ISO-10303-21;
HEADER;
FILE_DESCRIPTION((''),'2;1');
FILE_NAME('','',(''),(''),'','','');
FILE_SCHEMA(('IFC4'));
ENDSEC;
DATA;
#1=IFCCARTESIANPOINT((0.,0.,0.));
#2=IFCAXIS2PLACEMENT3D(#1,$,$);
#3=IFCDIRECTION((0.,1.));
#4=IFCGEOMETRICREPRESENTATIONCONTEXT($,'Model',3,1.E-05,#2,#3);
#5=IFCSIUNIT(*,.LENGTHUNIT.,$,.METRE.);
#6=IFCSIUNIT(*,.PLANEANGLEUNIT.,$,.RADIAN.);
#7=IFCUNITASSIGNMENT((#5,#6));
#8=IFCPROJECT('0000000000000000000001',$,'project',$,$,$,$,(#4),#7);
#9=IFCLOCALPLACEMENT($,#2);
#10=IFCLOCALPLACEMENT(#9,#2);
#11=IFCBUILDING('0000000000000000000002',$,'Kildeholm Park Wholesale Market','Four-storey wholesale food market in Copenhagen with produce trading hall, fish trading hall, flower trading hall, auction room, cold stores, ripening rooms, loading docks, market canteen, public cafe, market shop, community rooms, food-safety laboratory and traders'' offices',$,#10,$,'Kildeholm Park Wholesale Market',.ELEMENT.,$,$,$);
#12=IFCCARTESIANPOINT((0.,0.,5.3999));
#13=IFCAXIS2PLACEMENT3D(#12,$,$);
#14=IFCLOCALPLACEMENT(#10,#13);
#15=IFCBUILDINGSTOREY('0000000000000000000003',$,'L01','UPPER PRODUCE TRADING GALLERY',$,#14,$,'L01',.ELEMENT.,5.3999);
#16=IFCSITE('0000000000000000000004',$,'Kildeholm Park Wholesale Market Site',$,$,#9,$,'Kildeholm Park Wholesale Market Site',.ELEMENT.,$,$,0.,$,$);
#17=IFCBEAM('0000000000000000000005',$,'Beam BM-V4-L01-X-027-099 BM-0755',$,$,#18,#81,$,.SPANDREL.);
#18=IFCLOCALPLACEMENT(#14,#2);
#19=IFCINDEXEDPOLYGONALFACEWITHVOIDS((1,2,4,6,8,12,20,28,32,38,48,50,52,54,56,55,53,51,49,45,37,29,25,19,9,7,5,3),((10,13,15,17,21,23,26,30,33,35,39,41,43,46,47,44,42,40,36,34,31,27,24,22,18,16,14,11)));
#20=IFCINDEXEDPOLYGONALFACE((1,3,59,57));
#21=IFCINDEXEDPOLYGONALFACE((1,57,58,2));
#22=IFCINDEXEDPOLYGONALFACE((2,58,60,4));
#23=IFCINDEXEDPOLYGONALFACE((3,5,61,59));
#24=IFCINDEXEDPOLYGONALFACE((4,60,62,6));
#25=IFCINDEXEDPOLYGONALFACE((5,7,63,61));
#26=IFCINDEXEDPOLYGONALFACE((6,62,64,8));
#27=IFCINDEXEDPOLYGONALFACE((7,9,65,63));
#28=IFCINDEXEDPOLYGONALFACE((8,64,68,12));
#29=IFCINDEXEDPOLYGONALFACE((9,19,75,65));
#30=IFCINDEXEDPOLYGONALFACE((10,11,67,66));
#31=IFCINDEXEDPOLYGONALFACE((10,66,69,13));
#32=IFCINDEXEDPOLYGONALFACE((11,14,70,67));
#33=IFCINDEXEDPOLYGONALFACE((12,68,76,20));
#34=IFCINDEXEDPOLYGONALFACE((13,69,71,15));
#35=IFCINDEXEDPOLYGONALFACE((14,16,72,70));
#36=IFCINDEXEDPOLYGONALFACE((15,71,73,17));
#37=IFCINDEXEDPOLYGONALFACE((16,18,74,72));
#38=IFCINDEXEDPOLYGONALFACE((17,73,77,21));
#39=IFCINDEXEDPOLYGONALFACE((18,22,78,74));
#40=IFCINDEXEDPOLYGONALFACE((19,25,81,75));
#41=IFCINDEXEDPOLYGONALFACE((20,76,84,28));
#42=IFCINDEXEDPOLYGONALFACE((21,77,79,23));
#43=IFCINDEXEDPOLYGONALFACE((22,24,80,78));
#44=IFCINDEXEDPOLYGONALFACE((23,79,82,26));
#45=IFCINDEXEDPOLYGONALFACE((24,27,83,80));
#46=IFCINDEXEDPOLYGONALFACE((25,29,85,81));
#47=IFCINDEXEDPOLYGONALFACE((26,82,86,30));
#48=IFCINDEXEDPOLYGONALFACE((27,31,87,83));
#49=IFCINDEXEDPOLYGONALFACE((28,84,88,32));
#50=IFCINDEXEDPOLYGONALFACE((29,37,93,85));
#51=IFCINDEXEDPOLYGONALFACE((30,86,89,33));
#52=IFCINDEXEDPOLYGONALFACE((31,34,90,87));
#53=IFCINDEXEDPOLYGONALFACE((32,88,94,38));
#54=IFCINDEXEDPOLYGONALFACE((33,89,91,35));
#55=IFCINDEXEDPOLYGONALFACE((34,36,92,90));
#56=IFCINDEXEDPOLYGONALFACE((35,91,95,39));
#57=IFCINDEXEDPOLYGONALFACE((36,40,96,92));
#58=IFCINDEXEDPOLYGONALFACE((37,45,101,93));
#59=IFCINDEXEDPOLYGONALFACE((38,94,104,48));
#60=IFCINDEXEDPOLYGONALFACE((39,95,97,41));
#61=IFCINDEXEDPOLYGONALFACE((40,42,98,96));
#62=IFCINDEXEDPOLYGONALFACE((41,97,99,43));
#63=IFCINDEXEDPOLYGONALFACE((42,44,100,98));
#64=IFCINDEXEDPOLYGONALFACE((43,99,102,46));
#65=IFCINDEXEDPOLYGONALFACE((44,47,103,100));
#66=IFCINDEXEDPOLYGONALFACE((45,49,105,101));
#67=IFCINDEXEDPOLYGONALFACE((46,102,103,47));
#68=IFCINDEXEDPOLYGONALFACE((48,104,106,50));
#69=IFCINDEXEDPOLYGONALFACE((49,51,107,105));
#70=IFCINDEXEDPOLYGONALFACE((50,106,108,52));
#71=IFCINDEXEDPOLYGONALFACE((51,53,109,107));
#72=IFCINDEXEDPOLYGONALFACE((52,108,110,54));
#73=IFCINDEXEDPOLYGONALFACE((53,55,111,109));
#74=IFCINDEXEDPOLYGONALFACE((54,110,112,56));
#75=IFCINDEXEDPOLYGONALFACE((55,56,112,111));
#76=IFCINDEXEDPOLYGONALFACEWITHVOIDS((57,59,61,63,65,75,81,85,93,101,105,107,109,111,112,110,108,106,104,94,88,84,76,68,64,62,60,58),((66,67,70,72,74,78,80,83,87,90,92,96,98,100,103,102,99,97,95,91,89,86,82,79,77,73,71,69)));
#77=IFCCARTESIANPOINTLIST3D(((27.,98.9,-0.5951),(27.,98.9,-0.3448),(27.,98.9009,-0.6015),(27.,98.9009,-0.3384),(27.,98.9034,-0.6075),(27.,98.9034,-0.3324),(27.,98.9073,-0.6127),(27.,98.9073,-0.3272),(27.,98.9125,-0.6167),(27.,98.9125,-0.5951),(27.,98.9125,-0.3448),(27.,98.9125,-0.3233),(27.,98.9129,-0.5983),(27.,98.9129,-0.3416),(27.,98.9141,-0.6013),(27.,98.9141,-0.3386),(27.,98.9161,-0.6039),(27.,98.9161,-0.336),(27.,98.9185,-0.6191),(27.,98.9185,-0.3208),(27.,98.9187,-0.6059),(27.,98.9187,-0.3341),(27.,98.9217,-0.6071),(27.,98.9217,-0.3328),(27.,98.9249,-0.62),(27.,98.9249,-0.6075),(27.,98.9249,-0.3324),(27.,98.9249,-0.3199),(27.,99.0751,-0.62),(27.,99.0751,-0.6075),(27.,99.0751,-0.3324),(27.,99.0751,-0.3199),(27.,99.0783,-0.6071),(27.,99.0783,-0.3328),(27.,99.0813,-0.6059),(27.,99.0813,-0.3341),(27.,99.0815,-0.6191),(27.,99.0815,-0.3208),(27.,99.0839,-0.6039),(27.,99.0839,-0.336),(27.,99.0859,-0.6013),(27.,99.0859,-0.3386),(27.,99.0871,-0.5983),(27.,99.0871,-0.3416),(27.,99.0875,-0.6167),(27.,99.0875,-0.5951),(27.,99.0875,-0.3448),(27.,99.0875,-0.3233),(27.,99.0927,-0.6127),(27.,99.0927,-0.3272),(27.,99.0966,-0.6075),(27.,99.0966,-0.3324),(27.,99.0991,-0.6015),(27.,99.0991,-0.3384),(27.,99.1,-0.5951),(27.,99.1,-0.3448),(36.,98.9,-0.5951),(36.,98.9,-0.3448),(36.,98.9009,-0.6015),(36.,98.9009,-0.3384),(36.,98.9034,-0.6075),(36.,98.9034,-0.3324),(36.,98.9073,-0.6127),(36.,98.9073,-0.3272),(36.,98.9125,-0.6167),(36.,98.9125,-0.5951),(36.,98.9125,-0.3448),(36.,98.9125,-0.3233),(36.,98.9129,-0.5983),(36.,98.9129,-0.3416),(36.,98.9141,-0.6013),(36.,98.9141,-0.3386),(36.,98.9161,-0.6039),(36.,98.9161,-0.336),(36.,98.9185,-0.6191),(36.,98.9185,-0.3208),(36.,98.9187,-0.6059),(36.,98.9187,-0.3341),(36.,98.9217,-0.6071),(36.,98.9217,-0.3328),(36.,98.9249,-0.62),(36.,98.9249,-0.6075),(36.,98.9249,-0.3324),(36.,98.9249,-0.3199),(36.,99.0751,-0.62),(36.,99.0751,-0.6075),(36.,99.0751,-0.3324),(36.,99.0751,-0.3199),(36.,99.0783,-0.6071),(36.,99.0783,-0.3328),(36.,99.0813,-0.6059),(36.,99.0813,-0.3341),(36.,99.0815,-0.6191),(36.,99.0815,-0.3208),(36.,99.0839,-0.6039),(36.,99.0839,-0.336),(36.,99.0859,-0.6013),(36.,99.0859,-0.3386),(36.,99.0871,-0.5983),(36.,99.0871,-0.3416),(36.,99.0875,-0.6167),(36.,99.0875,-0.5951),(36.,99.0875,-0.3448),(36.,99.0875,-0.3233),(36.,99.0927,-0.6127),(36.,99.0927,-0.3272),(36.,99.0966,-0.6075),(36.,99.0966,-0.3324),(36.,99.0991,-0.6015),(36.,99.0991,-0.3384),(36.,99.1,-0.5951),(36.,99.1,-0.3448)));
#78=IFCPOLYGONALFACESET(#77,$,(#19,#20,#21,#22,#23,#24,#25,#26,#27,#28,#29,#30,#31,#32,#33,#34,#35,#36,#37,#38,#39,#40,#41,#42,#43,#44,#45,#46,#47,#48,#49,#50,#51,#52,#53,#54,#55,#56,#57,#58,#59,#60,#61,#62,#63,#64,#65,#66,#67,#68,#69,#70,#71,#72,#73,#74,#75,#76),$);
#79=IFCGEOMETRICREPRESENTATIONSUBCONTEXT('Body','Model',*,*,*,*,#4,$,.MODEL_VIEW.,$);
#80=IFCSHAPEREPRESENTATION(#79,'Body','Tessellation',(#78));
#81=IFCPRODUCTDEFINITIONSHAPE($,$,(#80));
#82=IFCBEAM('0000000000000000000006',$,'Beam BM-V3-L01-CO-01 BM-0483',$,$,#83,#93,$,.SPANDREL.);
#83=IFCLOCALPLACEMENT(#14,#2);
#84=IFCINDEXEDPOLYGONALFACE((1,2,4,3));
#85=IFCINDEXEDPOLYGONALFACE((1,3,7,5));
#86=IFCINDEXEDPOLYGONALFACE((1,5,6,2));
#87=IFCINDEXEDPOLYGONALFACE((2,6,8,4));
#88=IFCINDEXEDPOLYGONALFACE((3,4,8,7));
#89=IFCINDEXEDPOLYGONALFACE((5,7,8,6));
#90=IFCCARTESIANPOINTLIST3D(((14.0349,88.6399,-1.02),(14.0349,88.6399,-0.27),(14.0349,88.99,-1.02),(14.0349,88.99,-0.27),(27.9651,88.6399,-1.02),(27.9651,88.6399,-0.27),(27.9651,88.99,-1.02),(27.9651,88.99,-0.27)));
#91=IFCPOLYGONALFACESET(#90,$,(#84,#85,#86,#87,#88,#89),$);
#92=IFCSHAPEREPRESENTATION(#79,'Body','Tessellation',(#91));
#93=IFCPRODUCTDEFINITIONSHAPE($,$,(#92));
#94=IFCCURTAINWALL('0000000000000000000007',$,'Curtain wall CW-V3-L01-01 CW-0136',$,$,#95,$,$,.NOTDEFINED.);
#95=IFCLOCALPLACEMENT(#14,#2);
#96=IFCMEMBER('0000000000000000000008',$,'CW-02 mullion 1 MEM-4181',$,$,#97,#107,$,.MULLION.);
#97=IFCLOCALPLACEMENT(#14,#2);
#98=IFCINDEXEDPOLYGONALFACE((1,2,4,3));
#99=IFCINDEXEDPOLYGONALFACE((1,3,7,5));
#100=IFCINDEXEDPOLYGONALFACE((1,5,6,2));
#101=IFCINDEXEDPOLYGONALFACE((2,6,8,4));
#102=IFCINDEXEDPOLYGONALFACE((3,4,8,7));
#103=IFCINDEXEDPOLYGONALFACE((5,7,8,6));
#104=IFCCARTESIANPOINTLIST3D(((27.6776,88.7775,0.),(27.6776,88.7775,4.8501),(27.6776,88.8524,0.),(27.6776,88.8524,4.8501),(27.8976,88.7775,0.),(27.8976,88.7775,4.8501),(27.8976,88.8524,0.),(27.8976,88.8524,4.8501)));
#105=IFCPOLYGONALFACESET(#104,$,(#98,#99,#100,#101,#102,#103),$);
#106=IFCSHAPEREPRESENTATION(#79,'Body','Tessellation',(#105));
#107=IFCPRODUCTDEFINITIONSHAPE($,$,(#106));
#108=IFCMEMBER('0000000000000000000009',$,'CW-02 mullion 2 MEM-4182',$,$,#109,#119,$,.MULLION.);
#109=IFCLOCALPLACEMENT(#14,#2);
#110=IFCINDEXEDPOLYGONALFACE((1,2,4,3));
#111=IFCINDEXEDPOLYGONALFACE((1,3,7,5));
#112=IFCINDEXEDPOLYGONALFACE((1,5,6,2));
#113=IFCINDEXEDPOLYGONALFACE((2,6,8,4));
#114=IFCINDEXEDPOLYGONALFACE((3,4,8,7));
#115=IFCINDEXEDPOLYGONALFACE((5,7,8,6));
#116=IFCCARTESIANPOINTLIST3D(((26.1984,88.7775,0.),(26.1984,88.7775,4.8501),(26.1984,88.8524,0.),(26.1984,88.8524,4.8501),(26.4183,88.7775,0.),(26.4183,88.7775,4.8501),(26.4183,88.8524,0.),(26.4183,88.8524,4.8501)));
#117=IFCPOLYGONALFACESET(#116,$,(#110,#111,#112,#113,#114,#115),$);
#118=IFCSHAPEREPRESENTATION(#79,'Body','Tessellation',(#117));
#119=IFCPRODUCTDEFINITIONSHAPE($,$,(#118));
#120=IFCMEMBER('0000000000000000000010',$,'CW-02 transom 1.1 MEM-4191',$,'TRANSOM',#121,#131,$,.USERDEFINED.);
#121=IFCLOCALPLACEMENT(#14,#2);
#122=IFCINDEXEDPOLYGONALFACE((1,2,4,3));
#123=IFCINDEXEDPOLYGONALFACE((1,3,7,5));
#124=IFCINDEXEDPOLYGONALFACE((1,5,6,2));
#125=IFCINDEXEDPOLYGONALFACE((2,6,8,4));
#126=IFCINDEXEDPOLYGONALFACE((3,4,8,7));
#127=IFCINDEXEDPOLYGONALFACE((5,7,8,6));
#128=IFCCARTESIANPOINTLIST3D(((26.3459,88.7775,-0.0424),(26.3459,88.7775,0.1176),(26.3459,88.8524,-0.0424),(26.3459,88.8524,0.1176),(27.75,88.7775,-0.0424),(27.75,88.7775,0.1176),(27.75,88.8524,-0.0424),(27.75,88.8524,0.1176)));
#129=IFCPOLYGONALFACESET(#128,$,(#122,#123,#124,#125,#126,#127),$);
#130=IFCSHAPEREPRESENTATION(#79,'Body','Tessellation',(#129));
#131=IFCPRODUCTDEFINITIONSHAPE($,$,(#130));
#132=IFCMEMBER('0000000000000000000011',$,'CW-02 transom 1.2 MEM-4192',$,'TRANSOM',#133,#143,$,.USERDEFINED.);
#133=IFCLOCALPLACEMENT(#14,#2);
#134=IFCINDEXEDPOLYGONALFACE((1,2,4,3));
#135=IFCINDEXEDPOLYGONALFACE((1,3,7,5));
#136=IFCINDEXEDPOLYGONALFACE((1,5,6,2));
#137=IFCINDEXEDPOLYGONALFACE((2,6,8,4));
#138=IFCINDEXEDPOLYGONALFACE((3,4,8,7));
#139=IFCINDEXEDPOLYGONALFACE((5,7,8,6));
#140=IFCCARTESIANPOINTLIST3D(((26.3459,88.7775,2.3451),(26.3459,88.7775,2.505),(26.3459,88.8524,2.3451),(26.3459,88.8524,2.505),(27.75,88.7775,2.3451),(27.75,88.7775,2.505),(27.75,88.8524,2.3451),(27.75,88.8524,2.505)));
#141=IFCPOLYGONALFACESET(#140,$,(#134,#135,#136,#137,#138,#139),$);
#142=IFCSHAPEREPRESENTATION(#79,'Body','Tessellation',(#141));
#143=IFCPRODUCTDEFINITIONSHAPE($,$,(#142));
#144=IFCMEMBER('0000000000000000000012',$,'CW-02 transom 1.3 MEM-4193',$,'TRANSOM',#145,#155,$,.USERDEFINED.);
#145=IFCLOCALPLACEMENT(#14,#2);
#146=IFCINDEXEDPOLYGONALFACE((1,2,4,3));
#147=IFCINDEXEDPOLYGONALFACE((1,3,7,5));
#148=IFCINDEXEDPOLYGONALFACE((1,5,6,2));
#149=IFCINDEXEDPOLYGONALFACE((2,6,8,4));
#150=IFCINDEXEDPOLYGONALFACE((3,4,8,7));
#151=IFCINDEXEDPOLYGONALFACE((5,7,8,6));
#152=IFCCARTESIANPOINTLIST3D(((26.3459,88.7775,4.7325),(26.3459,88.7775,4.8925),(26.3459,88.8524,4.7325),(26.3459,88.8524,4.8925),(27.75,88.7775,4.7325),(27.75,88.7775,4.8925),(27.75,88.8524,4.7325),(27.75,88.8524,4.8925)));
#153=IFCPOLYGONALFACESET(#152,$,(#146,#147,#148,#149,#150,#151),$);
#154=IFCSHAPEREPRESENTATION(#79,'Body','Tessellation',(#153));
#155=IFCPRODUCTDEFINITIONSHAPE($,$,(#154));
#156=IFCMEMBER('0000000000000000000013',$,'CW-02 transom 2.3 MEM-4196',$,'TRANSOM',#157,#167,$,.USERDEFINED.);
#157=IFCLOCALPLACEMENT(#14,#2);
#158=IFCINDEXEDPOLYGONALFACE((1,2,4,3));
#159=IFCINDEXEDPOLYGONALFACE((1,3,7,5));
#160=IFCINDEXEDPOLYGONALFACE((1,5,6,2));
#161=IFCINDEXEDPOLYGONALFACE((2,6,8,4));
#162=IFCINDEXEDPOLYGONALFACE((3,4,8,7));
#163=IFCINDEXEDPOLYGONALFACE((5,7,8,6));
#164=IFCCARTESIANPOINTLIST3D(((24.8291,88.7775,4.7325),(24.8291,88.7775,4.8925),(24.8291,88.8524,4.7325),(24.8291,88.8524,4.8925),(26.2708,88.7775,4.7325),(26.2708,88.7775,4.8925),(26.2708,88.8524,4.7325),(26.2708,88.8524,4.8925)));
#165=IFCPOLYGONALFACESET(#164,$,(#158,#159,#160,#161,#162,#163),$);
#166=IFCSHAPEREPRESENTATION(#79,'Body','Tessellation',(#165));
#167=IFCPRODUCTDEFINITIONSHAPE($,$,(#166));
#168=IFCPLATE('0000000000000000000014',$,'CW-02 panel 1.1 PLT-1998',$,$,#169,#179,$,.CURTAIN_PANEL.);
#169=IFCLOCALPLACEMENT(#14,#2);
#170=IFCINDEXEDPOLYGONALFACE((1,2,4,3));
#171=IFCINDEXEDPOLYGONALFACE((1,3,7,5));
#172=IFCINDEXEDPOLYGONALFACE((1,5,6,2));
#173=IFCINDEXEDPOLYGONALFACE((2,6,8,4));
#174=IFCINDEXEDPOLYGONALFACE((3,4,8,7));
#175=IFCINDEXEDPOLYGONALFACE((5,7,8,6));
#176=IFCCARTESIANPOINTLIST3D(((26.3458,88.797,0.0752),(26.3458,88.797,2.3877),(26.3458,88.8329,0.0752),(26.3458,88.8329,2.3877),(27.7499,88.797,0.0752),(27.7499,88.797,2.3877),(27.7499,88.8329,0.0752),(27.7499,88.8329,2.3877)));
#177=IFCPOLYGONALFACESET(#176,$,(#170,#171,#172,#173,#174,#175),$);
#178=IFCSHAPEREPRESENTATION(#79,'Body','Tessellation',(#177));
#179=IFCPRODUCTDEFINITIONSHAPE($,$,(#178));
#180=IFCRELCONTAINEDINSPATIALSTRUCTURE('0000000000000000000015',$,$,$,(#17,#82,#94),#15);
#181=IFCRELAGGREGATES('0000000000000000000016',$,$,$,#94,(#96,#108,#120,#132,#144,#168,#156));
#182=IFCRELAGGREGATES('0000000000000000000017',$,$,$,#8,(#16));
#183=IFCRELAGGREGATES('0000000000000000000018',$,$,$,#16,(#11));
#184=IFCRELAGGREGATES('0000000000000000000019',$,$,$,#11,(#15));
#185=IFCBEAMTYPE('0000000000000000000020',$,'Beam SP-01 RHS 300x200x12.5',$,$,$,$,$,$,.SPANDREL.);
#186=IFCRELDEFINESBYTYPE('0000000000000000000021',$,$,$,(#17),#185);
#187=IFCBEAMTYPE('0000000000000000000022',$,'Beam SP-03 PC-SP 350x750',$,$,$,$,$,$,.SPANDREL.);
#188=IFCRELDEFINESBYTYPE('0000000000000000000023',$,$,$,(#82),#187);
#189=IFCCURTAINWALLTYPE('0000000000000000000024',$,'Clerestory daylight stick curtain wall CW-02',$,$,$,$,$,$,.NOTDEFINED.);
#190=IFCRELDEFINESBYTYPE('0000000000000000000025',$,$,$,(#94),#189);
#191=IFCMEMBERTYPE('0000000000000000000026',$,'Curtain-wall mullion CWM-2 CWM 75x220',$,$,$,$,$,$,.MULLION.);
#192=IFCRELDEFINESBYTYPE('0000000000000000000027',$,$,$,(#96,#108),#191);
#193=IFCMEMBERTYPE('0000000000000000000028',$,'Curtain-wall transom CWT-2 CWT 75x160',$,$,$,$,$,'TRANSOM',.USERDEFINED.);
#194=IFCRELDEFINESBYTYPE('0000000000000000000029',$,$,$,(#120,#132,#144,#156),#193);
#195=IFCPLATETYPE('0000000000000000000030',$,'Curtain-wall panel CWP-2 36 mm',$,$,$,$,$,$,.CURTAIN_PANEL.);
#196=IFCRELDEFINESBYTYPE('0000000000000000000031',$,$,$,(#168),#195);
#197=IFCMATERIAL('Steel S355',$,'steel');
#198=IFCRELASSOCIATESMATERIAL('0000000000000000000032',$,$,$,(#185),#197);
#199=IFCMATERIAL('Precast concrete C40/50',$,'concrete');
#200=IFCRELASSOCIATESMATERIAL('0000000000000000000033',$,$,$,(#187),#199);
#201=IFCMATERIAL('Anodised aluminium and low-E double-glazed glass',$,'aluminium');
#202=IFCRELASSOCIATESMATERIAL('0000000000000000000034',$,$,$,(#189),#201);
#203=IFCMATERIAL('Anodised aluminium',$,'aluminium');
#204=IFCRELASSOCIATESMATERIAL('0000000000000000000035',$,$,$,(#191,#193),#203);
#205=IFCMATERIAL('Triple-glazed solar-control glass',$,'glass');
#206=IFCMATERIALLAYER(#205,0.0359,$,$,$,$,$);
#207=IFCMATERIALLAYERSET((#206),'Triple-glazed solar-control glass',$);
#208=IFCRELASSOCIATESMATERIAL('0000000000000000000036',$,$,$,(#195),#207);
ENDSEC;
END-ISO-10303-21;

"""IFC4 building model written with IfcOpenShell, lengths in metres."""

from ifc_helpers import new_model, si_unit, direction, frame, origin, origin_2d, place, context, subcontext, project, spatial, rectangle, hollow_rectangle, extrude, material, layer, layer_set, material_profile, profile_set, type_object, element, aggregate, save


model = new_model("IFC4")

# Units and contexts
model_context = context("Model", 3, precision=1e-05, world=origin(), true_north=direction((0.0, 1.0)))
body_context = subcontext(model_context, "Body", "Model", "MODEL_VIEW")
ifc_project = project(units=[si_unit("LENGTHUNIT", "METRE"), si_unit("PLANEANGLEUNIT", "RADIAN")], contexts=[model_context])

# Site, building, storey
site_placement = place(None, origin())
site = spatial("IfcSite", under=ifc_project, at=site_placement, Name="Kildeholm Park Wholesale Market Site", LongName="Kildeholm Park Wholesale Market Site", CompositionType="ELEMENT", RefElevation=0.0)
building_placement = place(site_placement, origin())
building = spatial("IfcBuilding", under=site, at=building_placement, Name="Kildeholm Park Wholesale Market", Description="Four-storey wholesale food market in Copenhagen with produce trading hall, fish trading hall, flower trading hall, auction room, cold stores, ripening rooms, loading docks, market canteen, public cafe, market shop, community rooms, food-safety laboratory and traders' offices", LongName="Kildeholm Park Wholesale Market", CompositionType="ELEMENT")
storey_placement = place(building_placement, frame((0.0, 0.0, 5.3999)))
storey = spatial("IfcBuildingStorey", under=building, at=storey_placement, Name="L01", Description="UPPER PRODUCE TRADING GALLERY", LongName="L01", CompositionType="ELEMENT", Elevation=5.3999)

# Shared definitions
ifc_material_1 = material(Name="Steel S355", Category="steel")

# Beams
ifc_material_profile_1 = material_profile(ifc_material_1, hollow_rectangle(XDim=0.2, YDim=0.3, WallThickness=0.0125, InnerFilletRadius=0.0125, OuterFilletRadius=0.0249, at=origin_2d()), Name="RHS 300x200x12.5")
ifc_profile_set_1 = profile_set([ifc_material_profile_1], Name="Steel S355")
beam_type_1 = type_object("IfcBeamType", Name="Beam SP-01 RHS 300x200x12.5", PredefinedType="SPANDREL", material=ifc_profile_set_1)
for number, where, z_axis, x_axis, name in (
    (1, (27.0, 99.0, -0.47), (1.0, 0.0, 0.0), (0.0, 1.0, 0.0), "Beam BM-V4-L01-X-027-099 BM-0755"),
):
    element("IfcBeam", number, at=place(storey_placement, frame(where, z_axis=z_axis, x_axis=x_axis)), inside=storey, type_object=beam_type_1, Name=name, PredefinedType="SPANDREL", context=body_context, shape_type="SweptSolid", body=[
        extrude(hollow_rectangle(XDim=0.2, YDim=0.3, WallThickness=0.0125, InnerFilletRadius=0.0125, OuterFilletRadius=0.0249, at=origin_2d()), origin(), (0.0, 0.0, 1.0), 9.0),
    ])
ifc_material_2 = material(Name="Precast concrete C40/50", Category="concrete")
ifc_material_profile_2 = material_profile(ifc_material_2, rectangle(XDim=0.3501, YDim=0.75, at=origin_2d()), Name="PC-SP 350x750")
ifc_profile_set_2 = profile_set([ifc_material_profile_2], Name="Precast concrete C40/50")
beam_type_2 = type_object("IfcBeamType", Name="Beam SP-03 PC-SP 350x750", PredefinedType="SPANDREL", material=ifc_profile_set_2)
beam_1_placement = place(storey_placement, frame((27.9651, 88.8149, -0.645), z_axis=(-1.0, 0.0, 0.0), x_axis=(0.0, -1.0, 0.0)))
element("IfcBeam", 2, at=beam_1_placement, inside=storey, type_object=beam_type_2, Name="Beam BM-V3-L01-CO-01 BM-0483", PredefinedType="SPANDREL", context=body_context, shape_type="SweptSolid", body=[
    extrude(rectangle(XDim=0.3501, YDim=0.75, at=origin_2d()), origin(), (0.0, 0.0, 1.0), 13.9302),
])

# Curtain wall, members, plate
ifc_material_3 = material(Name="Anodised aluminium and low-E double-glazed glass", Category="aluminium")
curtain_wall_type = type_object("IfcCurtainWallType", Name="Clerestory daylight stick curtain wall CW-02", PredefinedType="NOTDEFINED", material=ifc_material_3)
curtain_wall_placement = place(storey_placement, origin())
curtain_wall = element("IfcCurtainWall", 3, at=curtain_wall_placement, inside=storey, type_object=curtain_wall_type, Name="Curtain wall CW-V3-L01-01 CW-0136", PredefinedType="NOTDEFINED")
ifc_material_4 = material(Name="Anodised aluminium", Category="aluminium")
ifc_material_profile_3 = material_profile(ifc_material_4, rectangle(XDim=0.075, YDim=0.22, at=origin_2d()), Name="CWM 75x220")
ifc_profile_set_3 = profile_set([ifc_material_profile_3], Name="Anodised aluminium")
member_type_1 = type_object("IfcMemberType", Name="Curtain-wall mullion CWM-2 CWM 75x220", PredefinedType="MULLION", material=ifc_profile_set_3)
member_1_placement = place(storey_placement, frame((27.7876, 88.8149, 0.0), z_axis=(0.0, 0.0, 1.0), x_axis=(0.0, -1.0, 0.0)))
member_1 = element("IfcMember", 4, at=member_1_placement, type_object=member_type_1, Name="CW-02 mullion 1 MEM-4181", PredefinedType="MULLION", context=body_context, shape_type="SweptSolid", body=[
    extrude(rectangle(XDim=0.075, YDim=0.22, at=origin_2d()), origin(), (0.0, 0.0, 1.0), 4.8501),
])
member_2_placement = place(storey_placement, frame((26.3083, 88.8149, 0.0), z_axis=(0.0, 0.0, 1.0), x_axis=(0.0, -1.0, 0.0)))
member_2 = element("IfcMember", 5, at=member_2_placement, type_object=member_type_1, Name="CW-02 mullion 2 MEM-4182", PredefinedType="MULLION", context=body_context, shape_type="SweptSolid", body=[
    extrude(rectangle(XDim=0.075, YDim=0.22, at=origin_2d()), origin(), (0.0, 0.0, 1.0), 4.8501),
])
ifc_material_profile_4 = material_profile(ifc_material_4, rectangle(XDim=0.075, YDim=0.1599, at=origin_2d()), Name="CWT 75x160")
ifc_profile_set_4 = profile_set([ifc_material_profile_4], Name="Anodised aluminium")
member_type_2 = type_object("IfcMemberType", Name="Curtain-wall transom CWT-2 CWT 75x160", ElementType="TRANSOM", PredefinedType="USERDEFINED", material=ifc_profile_set_4)
member_3_placement = place(storey_placement, frame((27.75, 88.8149, 0.0376), z_axis=(-1.0, 0.0, 0.0), x_axis=(0.0, -1.0, 0.0)))
member_3 = element("IfcMember", 6, at=member_3_placement, type_object=member_type_2, Name="CW-02 transom 1.1 MEM-4191", ObjectType="TRANSOM", PredefinedType="USERDEFINED", context=body_context, shape_type="SweptSolid", body=[
    extrude(rectangle(XDim=0.075, YDim=0.1599, at=origin_2d()), origin(), (0.0, 0.0, 1.0), 1.4041),
])
member_4_placement = place(storey_placement, frame((27.75, 88.8149, 2.425), z_axis=(-1.0, 0.0, 0.0), x_axis=(0.0, -1.0, 0.0)))
member_4 = element("IfcMember", 7, at=member_4_placement, type_object=member_type_2, Name="CW-02 transom 1.2 MEM-4192", ObjectType="TRANSOM", PredefinedType="USERDEFINED", context=body_context, shape_type="SweptSolid", body=[
    extrude(rectangle(XDim=0.075, YDim=0.1599, at=origin_2d()), origin(), (0.0, 0.0, 1.0), 1.4041),
])
member_5_placement = place(storey_placement, frame((27.75, 88.8149, 4.8125), z_axis=(-1.0, 0.0, 0.0), x_axis=(0.0, -1.0, 0.0)))
member_5 = element("IfcMember", 8, at=member_5_placement, type_object=member_type_2, Name="CW-02 transom 1.3 MEM-4193", ObjectType="TRANSOM", PredefinedType="USERDEFINED", context=body_context, shape_type="SweptSolid", body=[
    extrude(rectangle(XDim=0.075, YDim=0.1599, at=origin_2d()), origin(), (0.0, 0.0, 1.0), 1.4041),
])
member_6_placement = place(storey_placement, frame((26.2708, 88.8149, 4.8125), z_axis=(-1.0, 0.0, 0.0), x_axis=(0.0, -1.0, 0.0)))
member_6 = element("IfcMember", 9, at=member_6_placement, type_object=member_type_2, Name="CW-02 transom 2.3 MEM-4196", ObjectType="TRANSOM", PredefinedType="USERDEFINED", context=body_context, shape_type="SweptSolid", body=[
    extrude(rectangle(XDim=0.075, YDim=0.1599, at=origin_2d()), origin(), (0.0, 0.0, 1.0), 1.4417),
])
ifc_material_5 = material(Name="Triple-glazed solar-control glass", Category="glass")
ifc_layer_1 = layer(ifc_material_5, 0.0359)
ifc_layer_set_1 = layer_set([ifc_layer_1], Name="Triple-glazed solar-control glass")
plate_type = type_object("IfcPlateType", Name="Curtain-wall panel CWP-2 36 mm", PredefinedType="CURTAIN_PANEL", material=ifc_layer_set_1)
plate_1_placement = place(storey_placement, frame((27.0479, 88.8149, 0.0752), z_axis=(0.0, 0.0, 1.0), x_axis=(-1.0, 0.0, 0.0)))
plate_1 = element("IfcPlate", 10, at=plate_1_placement, type_object=plate_type, Name="CW-02 panel 1.1 PLT-1998", PredefinedType="CURTAIN_PANEL", context=body_context, shape_type="SweptSolid", body=[
    extrude(rectangle(XDim=1.4041, YDim=0.0359, at=origin_2d()), origin(), (0.0, 0.0, 1.0), 2.3125),
])
aggregate(curtain_wall, [member_1, member_2, member_3, member_4, member_5, plate_1, member_6])

save(model, "model.ifc")
